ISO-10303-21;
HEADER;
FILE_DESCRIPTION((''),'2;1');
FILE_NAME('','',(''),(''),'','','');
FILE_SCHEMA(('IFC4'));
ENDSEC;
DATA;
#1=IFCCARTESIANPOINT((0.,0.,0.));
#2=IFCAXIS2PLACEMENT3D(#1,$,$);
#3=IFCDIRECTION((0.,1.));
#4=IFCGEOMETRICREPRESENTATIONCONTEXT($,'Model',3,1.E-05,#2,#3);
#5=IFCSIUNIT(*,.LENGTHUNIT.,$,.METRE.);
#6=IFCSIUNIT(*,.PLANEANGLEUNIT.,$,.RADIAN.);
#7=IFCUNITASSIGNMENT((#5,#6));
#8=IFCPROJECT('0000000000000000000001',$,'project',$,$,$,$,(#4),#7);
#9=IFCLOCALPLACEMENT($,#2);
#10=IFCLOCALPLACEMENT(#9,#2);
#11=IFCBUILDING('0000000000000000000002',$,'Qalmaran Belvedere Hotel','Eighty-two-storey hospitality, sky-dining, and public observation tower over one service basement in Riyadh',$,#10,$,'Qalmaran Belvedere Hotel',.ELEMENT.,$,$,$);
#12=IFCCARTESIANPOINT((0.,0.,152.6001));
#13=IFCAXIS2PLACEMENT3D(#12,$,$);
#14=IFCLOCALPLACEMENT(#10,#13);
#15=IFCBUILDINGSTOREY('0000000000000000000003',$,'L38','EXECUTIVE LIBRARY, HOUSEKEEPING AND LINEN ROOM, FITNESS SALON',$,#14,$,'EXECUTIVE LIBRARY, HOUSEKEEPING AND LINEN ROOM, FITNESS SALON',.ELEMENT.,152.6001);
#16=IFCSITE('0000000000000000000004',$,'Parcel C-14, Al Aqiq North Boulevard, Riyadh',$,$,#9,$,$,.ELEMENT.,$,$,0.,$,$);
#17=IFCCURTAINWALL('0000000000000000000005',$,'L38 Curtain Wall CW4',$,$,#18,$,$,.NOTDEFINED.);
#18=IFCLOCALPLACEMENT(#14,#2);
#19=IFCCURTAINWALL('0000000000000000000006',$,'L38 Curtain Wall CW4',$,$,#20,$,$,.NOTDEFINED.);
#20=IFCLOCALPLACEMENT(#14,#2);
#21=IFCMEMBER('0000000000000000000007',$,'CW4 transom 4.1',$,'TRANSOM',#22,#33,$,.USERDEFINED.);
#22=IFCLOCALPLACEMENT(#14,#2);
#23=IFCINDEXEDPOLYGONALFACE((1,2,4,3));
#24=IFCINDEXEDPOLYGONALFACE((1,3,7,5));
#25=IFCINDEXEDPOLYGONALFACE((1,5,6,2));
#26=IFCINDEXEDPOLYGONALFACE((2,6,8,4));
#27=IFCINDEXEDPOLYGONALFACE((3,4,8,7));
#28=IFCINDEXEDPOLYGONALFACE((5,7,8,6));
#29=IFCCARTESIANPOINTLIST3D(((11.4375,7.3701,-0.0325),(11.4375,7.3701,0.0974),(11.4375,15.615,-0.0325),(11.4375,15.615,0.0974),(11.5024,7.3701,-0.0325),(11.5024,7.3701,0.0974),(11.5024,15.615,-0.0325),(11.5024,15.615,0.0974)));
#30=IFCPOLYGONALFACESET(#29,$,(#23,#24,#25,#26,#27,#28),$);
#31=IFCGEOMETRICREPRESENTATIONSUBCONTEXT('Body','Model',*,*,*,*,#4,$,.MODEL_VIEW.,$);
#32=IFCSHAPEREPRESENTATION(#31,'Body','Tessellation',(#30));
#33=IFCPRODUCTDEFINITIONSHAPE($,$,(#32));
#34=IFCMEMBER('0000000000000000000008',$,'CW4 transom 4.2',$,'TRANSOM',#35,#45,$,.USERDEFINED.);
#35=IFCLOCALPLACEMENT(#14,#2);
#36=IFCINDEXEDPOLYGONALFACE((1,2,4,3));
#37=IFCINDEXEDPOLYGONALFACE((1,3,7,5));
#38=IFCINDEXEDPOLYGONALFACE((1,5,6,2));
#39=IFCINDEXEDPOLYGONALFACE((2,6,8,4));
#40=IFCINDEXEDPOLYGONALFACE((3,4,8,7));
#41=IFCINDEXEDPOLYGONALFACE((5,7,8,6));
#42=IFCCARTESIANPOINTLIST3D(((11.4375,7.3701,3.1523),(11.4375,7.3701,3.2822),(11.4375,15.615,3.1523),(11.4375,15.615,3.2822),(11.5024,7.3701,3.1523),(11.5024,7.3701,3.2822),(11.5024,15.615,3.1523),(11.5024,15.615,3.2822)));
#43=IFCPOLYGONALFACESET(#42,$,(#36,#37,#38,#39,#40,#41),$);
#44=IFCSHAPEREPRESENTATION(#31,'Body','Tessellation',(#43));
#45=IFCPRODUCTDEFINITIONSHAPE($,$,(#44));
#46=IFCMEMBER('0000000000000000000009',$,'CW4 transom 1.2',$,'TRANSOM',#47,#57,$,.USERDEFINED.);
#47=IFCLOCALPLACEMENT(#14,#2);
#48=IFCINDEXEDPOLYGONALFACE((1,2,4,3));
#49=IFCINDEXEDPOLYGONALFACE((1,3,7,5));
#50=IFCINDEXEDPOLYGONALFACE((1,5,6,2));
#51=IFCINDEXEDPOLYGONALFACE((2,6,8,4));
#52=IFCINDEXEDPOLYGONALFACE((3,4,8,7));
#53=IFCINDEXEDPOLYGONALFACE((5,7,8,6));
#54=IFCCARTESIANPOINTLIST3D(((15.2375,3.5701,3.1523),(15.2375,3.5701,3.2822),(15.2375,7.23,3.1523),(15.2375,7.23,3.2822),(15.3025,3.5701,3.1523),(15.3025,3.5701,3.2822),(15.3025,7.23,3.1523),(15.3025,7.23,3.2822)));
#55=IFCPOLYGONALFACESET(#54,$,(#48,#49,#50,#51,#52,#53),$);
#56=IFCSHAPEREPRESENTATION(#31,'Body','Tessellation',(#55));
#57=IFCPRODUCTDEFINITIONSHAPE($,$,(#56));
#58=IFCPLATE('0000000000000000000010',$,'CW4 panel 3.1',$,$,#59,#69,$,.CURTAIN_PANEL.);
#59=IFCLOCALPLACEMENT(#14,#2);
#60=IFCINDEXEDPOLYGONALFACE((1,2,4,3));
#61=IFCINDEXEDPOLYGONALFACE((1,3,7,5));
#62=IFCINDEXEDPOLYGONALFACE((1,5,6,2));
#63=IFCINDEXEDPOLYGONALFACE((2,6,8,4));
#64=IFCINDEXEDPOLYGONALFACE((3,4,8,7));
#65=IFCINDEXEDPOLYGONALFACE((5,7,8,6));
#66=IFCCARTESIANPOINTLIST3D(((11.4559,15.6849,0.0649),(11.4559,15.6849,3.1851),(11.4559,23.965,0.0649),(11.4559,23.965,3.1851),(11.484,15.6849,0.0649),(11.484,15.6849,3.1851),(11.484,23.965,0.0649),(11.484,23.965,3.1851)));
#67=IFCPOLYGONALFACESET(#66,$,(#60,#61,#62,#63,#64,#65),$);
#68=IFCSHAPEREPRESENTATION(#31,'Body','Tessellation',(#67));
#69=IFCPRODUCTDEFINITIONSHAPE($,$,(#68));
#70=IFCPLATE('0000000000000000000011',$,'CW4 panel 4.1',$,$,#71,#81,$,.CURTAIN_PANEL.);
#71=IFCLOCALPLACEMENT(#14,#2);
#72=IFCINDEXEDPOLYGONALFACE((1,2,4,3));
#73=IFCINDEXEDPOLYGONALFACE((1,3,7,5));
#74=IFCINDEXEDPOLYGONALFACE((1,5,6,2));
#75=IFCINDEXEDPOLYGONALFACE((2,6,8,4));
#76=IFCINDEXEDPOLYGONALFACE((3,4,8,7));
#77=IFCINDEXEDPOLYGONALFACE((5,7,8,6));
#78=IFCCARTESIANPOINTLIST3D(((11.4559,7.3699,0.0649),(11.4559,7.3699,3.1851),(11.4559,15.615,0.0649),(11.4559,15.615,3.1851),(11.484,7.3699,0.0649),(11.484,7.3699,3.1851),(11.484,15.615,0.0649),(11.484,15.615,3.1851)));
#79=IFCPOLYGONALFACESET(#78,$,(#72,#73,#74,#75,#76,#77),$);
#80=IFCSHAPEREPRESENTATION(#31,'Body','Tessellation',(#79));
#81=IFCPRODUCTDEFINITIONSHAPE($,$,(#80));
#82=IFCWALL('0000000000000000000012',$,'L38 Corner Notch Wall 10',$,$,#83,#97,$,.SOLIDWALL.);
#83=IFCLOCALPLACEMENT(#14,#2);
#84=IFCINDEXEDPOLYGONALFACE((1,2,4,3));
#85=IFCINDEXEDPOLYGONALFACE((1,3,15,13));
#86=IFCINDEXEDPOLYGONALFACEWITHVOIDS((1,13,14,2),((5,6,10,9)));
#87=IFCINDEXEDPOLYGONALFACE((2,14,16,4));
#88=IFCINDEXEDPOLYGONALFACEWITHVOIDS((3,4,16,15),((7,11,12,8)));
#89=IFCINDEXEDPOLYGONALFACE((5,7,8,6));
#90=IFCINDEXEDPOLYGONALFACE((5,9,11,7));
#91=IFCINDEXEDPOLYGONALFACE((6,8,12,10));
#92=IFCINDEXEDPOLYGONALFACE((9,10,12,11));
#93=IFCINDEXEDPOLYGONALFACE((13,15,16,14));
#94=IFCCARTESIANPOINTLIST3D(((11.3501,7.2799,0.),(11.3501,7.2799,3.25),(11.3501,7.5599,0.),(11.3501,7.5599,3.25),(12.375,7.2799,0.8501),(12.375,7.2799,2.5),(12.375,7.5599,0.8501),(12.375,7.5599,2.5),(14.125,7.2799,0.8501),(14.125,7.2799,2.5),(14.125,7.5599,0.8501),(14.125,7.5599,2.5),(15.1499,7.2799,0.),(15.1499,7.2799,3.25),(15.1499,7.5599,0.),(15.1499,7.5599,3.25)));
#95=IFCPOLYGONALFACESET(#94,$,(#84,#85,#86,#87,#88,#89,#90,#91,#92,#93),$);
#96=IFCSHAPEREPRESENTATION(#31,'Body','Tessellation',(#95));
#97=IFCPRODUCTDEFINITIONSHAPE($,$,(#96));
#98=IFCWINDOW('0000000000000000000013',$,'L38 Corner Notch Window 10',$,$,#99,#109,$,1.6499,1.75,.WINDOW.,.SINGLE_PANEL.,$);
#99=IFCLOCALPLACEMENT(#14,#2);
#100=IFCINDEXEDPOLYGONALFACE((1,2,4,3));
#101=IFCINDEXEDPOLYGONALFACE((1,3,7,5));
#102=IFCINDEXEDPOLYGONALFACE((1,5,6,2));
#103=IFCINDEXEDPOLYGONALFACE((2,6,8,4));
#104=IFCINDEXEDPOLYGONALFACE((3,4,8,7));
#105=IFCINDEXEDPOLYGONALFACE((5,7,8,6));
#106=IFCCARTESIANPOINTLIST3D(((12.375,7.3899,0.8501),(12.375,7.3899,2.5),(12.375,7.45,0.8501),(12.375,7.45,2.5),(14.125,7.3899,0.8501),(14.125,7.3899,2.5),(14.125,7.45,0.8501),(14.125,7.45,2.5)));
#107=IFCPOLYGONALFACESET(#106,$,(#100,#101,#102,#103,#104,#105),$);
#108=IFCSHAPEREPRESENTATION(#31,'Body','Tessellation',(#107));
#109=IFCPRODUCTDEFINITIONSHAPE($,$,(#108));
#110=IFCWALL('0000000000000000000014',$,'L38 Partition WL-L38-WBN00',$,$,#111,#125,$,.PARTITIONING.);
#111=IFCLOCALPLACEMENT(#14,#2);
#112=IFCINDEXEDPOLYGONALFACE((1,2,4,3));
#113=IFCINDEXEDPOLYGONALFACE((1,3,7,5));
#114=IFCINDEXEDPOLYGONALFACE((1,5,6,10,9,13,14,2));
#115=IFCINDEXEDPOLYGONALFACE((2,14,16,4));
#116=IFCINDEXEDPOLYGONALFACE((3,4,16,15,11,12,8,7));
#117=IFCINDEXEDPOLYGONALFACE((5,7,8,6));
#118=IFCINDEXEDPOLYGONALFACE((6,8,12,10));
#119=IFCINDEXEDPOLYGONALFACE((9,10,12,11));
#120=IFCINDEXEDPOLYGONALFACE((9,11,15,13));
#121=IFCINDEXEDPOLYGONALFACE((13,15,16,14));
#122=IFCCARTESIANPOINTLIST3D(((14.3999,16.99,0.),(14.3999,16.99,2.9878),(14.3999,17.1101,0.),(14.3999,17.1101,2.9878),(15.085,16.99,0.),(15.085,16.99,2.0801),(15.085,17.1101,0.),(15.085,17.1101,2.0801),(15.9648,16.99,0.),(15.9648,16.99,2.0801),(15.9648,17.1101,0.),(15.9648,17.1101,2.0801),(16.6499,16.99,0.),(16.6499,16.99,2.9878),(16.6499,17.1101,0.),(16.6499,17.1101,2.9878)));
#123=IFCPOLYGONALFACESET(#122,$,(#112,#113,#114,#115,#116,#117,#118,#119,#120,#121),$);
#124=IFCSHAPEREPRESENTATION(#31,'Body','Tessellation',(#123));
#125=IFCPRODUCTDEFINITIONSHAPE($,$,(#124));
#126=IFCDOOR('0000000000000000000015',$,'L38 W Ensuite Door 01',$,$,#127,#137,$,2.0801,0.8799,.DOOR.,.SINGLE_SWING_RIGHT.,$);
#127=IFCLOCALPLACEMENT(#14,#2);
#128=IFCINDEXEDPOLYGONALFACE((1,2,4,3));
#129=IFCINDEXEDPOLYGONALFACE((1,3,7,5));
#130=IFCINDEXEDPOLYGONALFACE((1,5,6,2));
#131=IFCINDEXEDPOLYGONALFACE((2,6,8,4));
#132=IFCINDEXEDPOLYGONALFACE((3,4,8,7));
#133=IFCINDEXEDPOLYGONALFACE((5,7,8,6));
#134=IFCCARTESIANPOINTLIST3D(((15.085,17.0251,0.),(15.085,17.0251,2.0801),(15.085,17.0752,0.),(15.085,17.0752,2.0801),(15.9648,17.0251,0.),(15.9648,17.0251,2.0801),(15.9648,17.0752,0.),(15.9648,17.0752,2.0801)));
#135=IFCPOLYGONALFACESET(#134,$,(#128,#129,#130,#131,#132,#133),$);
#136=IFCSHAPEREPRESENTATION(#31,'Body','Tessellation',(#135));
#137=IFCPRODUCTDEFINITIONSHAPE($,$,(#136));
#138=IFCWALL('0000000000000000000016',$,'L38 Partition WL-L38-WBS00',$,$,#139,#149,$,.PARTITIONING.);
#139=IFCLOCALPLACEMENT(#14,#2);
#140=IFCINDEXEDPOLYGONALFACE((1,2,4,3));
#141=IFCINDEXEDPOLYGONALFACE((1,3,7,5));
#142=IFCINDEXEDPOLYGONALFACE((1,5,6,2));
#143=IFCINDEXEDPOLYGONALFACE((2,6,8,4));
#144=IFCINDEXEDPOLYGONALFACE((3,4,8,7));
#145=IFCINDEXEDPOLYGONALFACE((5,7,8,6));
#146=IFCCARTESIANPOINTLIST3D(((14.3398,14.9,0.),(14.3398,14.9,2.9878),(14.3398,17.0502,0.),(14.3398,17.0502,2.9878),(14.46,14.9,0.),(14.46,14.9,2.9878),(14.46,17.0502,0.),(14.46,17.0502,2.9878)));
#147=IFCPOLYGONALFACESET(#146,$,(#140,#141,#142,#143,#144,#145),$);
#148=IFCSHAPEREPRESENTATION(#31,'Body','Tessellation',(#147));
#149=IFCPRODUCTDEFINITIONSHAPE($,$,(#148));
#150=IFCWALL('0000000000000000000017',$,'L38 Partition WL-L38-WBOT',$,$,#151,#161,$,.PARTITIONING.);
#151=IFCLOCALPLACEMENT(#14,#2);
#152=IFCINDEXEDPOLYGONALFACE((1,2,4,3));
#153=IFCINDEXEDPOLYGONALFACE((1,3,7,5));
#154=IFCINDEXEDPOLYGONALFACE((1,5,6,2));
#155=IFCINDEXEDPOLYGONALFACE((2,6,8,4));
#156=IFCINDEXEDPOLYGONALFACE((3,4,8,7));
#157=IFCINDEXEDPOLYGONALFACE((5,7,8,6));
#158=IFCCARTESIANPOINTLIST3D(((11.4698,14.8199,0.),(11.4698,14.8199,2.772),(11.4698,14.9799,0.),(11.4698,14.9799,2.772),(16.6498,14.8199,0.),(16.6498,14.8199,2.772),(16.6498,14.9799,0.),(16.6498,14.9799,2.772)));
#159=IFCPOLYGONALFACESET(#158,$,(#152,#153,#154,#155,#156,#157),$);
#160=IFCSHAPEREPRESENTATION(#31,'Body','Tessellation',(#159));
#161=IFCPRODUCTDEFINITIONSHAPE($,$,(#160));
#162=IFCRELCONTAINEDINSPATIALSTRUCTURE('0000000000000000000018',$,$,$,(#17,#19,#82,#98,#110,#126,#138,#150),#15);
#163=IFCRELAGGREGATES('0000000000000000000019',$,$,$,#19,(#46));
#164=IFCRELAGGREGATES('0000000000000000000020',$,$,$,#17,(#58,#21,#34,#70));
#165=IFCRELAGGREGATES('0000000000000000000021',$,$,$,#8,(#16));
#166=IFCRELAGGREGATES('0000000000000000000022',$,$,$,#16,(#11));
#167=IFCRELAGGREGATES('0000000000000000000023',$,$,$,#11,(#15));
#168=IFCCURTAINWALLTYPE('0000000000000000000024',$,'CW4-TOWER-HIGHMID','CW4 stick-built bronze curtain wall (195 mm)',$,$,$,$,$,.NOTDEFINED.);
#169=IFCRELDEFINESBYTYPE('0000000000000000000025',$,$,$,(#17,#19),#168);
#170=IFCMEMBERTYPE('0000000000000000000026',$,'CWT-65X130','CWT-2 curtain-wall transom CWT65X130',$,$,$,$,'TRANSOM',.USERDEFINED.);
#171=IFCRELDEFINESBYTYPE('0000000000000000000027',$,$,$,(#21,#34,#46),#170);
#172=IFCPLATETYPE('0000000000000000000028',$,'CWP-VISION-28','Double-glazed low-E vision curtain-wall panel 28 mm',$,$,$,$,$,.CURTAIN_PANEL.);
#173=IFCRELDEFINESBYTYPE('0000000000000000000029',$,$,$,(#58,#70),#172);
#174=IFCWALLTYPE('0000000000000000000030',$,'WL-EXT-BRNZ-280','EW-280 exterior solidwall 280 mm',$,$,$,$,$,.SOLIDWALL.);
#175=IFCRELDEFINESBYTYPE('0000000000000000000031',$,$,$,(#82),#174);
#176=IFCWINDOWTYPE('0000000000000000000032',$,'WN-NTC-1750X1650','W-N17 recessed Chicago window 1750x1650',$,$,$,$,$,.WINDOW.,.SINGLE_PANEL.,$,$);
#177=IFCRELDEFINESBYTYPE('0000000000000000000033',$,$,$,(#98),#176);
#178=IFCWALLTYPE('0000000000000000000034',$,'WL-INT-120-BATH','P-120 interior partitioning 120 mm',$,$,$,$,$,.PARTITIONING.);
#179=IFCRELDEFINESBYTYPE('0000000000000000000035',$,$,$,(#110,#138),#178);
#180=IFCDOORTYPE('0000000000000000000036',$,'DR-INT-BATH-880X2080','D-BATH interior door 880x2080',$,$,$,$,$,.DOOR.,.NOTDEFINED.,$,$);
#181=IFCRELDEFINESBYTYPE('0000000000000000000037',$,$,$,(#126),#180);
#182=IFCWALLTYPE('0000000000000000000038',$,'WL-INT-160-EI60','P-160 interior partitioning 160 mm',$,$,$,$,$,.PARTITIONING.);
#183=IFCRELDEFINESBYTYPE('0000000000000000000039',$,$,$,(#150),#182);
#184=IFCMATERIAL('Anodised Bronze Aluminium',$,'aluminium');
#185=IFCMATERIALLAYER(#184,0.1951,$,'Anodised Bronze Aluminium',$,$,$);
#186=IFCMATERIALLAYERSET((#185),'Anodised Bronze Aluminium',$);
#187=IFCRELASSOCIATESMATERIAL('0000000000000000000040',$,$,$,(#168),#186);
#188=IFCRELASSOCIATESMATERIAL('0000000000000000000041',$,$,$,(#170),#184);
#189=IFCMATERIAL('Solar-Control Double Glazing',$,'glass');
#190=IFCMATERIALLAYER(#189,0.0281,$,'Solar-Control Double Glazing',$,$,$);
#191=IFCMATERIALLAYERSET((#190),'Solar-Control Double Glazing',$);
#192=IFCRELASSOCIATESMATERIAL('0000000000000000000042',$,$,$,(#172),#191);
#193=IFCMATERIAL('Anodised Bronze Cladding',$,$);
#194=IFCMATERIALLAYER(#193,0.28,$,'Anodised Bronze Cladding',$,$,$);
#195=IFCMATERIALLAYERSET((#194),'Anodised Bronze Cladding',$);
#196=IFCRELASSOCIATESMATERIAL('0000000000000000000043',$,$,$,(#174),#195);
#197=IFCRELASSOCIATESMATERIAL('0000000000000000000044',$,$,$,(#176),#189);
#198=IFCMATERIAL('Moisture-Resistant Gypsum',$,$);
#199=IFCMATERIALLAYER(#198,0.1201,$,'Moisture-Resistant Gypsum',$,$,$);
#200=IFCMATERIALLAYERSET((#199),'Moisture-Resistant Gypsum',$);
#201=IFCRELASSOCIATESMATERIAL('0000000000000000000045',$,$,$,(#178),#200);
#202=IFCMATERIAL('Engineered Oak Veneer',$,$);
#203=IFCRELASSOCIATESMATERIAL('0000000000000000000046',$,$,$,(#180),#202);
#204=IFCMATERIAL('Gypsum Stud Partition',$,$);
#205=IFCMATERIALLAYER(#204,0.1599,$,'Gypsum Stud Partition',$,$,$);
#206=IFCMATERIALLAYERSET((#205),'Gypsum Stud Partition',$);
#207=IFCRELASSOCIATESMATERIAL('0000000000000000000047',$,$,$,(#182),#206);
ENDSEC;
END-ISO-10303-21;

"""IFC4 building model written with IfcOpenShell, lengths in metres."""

from ifc_helpers import new_model, si_unit, direction, frame, frame_2d, origin, origin_2d, place, context, subcontext, project, spatial, rectangle, extrude, material, layer, layer_set, material_profile, profile_set, type_object, element, fill, aggregate, save


model = new_model("IFC4")

# Units and contexts
model_context = context("Model", 3, precision=1e-05, world=origin(), true_north=direction((0.0, 1.0)))
body_context = subcontext(model_context, "Body", "Model", "MODEL_VIEW")
ifc_project = project(units=[si_unit("LENGTHUNIT", "METRE"), si_unit("PLANEANGLEUNIT", "RADIAN")], contexts=[model_context])

# Site, building, storey
site_placement = place(None, origin())
site = spatial("IfcSite", under=ifc_project, at=site_placement, Name="Parcel C-14, Al Aqiq North Boulevard, Riyadh", CompositionType="ELEMENT", RefElevation=0.0)
building_placement = place(site_placement, origin())
building = spatial("IfcBuilding", under=site, at=building_placement, Name="Qalmaran Belvedere Hotel", Description="Eighty-two-storey hospitality, sky-dining, and public observation tower over one service basement in Riyadh", LongName="Qalmaran Belvedere Hotel", CompositionType="ELEMENT")
storey_placement = place(building_placement, frame((0.0, 0.0, 152.6001)))
storey = spatial("IfcBuildingStorey", under=building, at=storey_placement, Name="L38", Description="EXECUTIVE LIBRARY, HOUSEKEEPING AND LINEN ROOM, FITNESS SALON", LongName="EXECUTIVE LIBRARY, HOUSEKEEPING AND LINEN ROOM, FITNESS SALON", CompositionType="ELEMENT", Elevation=152.6001)

# Curtain wall
ifc_material_1 = material(Name="Anodised Bronze Aluminium", Category="aluminium")
ifc_layer_1 = layer(ifc_material_1, 0.1951, Name="Anodised Bronze Aluminium")
ifc_layer_set_1 = layer_set([ifc_layer_1], Name="Anodised Bronze Aluminium")
curtain_wall_type = type_object("IfcCurtainWallType", Name="CW4-TOWER-HIGHMID", Description="CW4 stick-built bronze curtain wall (195 mm)", PredefinedType="NOTDEFINED", material=ifc_layer_set_1)
curtain_wall_1_placement = place(storey_placement, origin())
curtain_wall_1 = element("IfcCurtainWall", 1, at=curtain_wall_1_placement, inside=storey, type_object=curtain_wall_type, Name="L38 Curtain Wall CW4", PredefinedType="NOTDEFINED")

# Curtain wall
curtain_wall_2_placement = place(storey_placement, origin())
curtain_wall_2 = element("IfcCurtainWall", 2, at=curtain_wall_2_placement, inside=storey, type_object=curtain_wall_type, Name="L38 Curtain Wall CW4", PredefinedType="NOTDEFINED")

# Members
ifc_material_profile_1 = material_profile(ifc_material_1, rectangle(XDim=0.0649, YDim=0.1299, at=origin_2d()), Name="CWT65X130")
ifc_profile_set_1 = profile_set([ifc_material_profile_1], Name="Anodised Bronze Aluminium")
member_type_1 = type_object("IfcMemberType", Name="CWT-65X130", Description="CWT-2 curtain-wall transom CWT65X130", ElementType="TRANSOM", PredefinedType="USERDEFINED", material=ifc_profile_set_1)
member_1_placement = place(storey_placement, frame((11.47, 15.615, 0.0325), z_axis=(0.0, -1.0, 0.0), x_axis=(1.0, 0.0, 0.0)))
member_1 = element("IfcMember", 3, at=member_1_placement, type_object=member_type_1, Name="CW4 transom 4.1", ObjectType="TRANSOM", PredefinedType="USERDEFINED", context=body_context, shape_type="SweptSolid", body=[
    extrude(rectangle(XDim=0.0649, YDim=0.1299, at=origin_2d()), origin(), (0.0, 0.0, 1.0), 8.2449),
])
member_2_placement = place(storey_placement, frame((11.47, 15.615, 3.2173), z_axis=(0.0, -1.0, 0.0), x_axis=(1.0, 0.0, 0.0)))
member_2 = element("IfcMember", 4, at=member_2_placement, type_object=member_type_1, Name="CW4 transom 4.2", ObjectType="TRANSOM", PredefinedType="USERDEFINED", context=body_context, shape_type="SweptSolid", body=[
    extrude(rectangle(XDim=0.0649, YDim=0.1299, at=origin_2d()), origin(), (0.0, 0.0, 1.0), 8.2449),
])
member_3_placement = place(storey_placement, frame((15.27, 7.23, 3.2173), z_axis=(0.0, -1.0, 0.0), x_axis=(1.0, 0.0, 0.0)))
member_3 = element("IfcMember", 5, at=member_3_placement, type_object=member_type_1, Name="CW4 transom 1.2", ObjectType="TRANSOM", PredefinedType="USERDEFINED", context=body_context, shape_type="SweptSolid", body=[
    extrude(rectangle(XDim=0.0649, YDim=0.1299, at=origin_2d()), origin(), (0.0, 0.0, 1.0), 3.6599),
])
aggregate(curtain_wall_2, [member_3])

# Plates
ifc_material_2 = material(Name="Solar-Control Double Glazing", Category="glass")
ifc_layer_2 = layer(ifc_material_2, 0.0281, Name="Solar-Control Double Glazing")
ifc_layer_set_2 = layer_set([ifc_layer_2], Name="Solar-Control Double Glazing")
plate_type = type_object("IfcPlateType", Name="CWP-VISION-28", Description="Double-glazed low-E vision curtain-wall panel 28 mm", PredefinedType="CURTAIN_PANEL", material=ifc_layer_set_2)
plate_1_placement = place(storey_placement, frame((11.47, 19.825, 0.0649), z_axis=(0.0, 0.0, 1.0), x_axis=(0.0, -1.0, 0.0)))
plate_1 = element("IfcPlate", 6, at=plate_1_placement, type_object=plate_type, Name="CW4 panel 3.1", PredefinedType="CURTAIN_PANEL", context=body_context, shape_type="SweptSolid", body=[
    extrude(rectangle(XDim=8.28, YDim=0.0281, at=origin_2d()), origin(), (0.0, 0.0, 1.0), 3.1201),
])
plate_2_placement = place(storey_placement, frame((11.47, 11.4924, 0.0649), z_axis=(0.0, 0.0, 1.0), x_axis=(0.0, -1.0, 0.0)))
plate_2 = element("IfcPlate", 7, at=plate_2_placement, type_object=plate_type, Name="CW4 panel 4.1", PredefinedType="CURTAIN_PANEL", context=body_context, shape_type="SweptSolid", body=[
    extrude(rectangle(XDim=8.2451, YDim=0.0281, at=origin_2d()), origin(), (0.0, 0.0, 1.0), 3.1201),
])
aggregate(curtain_wall_1, [plate_1, member_1, member_2, plate_2])

# Wall, opening, window
ifc_material_3 = material(Name="Anodised Bronze Cladding")
ifc_layer_3 = layer(ifc_material_3, 0.28, Name="Anodised Bronze Cladding")
ifc_layer_set_3 = layer_set([ifc_layer_3], Name="Anodised Bronze Cladding")
wall_type_1 = type_object("IfcWallType", Name="WL-EXT-BRNZ-280", Description="EW-280 exterior solidwall 280 mm", PredefinedType="SOLIDWALL", material=ifc_layer_set_3)
wall_1_placement = place(storey_placement, frame((11.3501, 7.4199, 0.0), z_axis=(0.0, 0.0, 1.0), x_axis=(1.0, 0.0, 0.0)))
wall_1 = element("IfcWall", 8, at=wall_1_placement, inside=storey, type_object=wall_type_1, Name="L38 Corner Notch Wall 10", PredefinedType="SOLIDWALL", context=body_context, shape_type="SweptSolid", body=[
    extrude(rectangle(XDim=3.7998, YDim=0.28, at=frame_2d((1.8999, 0.0))), origin(), (0.0, 0.0, 1.0), 3.25),
])
opening_1_placement = place(wall_1_placement, frame((1.0249, 0.0, 0.8501)))
opening_1 = element("IfcOpeningElement", 9, at=opening_1_placement, cuts=wall_1, PredefinedType="OPENING", context=body_context, shape_type="SweptSolid", body=[
    extrude(rectangle(XDim=1.75, YDim=1.6499, at=frame_2d((0.875, 0.825))), frame((0.0, 0.1499, 0.0), z_axis=(0.0, -1.0, 0.0), x_axis=(1.0, 0.0, 0.0)), (0.0, 0.0, 1.0), 0.3),
])
window_type = type_object("IfcWindowType", Name="WN-NTC-1750X1650", Description="W-N17 recessed Chicago window 1750x1650", PartitioningType="SINGLE_PANEL", PredefinedType="WINDOW", material=ifc_material_2)
window_placement = place(opening_1_placement, origin())
window = element("IfcWindow", 10, at=window_placement, inside=storey, type_object=window_type, Name="L38 Corner Notch Window 10", OverallHeight=1.6499, OverallWidth=1.75, PartitioningType="SINGLE_PANEL", PredefinedType="WINDOW", context=body_context, shape_type="SweptSolid", body=[
    extrude(rectangle(XDim=1.75, YDim=1.6499, at=frame_2d((0.875, 0.825))), frame((0.0, 0.03, 0.0), z_axis=(0.0, -1.0, 0.0), x_axis=(1.0, 0.0, 0.0)), (0.0, 0.0, 1.0), 0.0601),
])
fill(opening_1, window)

# Wall, opening, door
ifc_material_4 = material(Name="Moisture-Resistant Gypsum")
ifc_layer_4 = layer(ifc_material_4, 0.1201, Name="Moisture-Resistant Gypsum")
ifc_layer_set_4 = layer_set([ifc_layer_4], Name="Moisture-Resistant Gypsum")
wall_type_2 = type_object("IfcWallType", Name="WL-INT-120-BATH", Description="P-120 interior partitioning 120 mm", PredefinedType="PARTITIONING", material=ifc_layer_set_4)
wall_2_placement = place(storey_placement, frame((14.3999, 17.05, 0.0), z_axis=(0.0, 0.0, 1.0), x_axis=(1.0, 0.0, 0.0)))
wall_2 = element("IfcWall", 11, at=wall_2_placement, inside=storey, type_object=wall_type_2, Name="L38 Partition WL-L38-WBN00", PredefinedType="PARTITIONING", context=body_context, shape_type="SweptSolid", body=[
    extrude(rectangle(XDim=2.25, YDim=0.1201, at=frame_2d((1.125, 0.0))), origin(), (0.0, 0.0, 1.0), 2.9878),
])
opening_2_placement = place(wall_2_placement, frame((1.5649, 0.0, 0.0), z_axis=(0.0, 0.0, 1.0), x_axis=(-1.0, 0.0, 0.0)))
opening_2 = element("IfcOpeningElement", 12, at=opening_2_placement, cuts=wall_2, PredefinedType="OPENING", context=body_context, shape_type="SweptSolid", body=[
    extrude(rectangle(XDim=0.8799, YDim=2.0801, at=frame_2d((0.4399, 1.04))), frame((0.0, 0.0701, 0.0), z_axis=(0.0, -1.0, 0.0), x_axis=(1.0, 0.0, 0.0)), (0.0, 0.0, 1.0), 0.1401),
])
ifc_material_5 = material(Name="Engineered Oak Veneer")
door_type = type_object("IfcDoorType", Name="DR-INT-BATH-880X2080", Description="D-BATH interior door 880x2080", OperationType="NOTDEFINED", PredefinedType="DOOR", material=ifc_material_5)
door_placement = place(opening_2_placement, origin())
door = element("IfcDoor", 13, at=door_placement, inside=storey, type_object=door_type, Name="L38 W Ensuite Door 01", OperationType="SINGLE_SWING_RIGHT", OverallHeight=2.0801, OverallWidth=0.8799, PredefinedType="DOOR", context=body_context, shape_type="SweptSolid", body=[
    extrude(rectangle(XDim=0.8799, YDim=2.0801, at=frame_2d((0.4399, 1.04))), frame((0.0, 0.0249, 0.0), z_axis=(0.0, -1.0, 0.0), x_axis=(1.0, 0.0, 0.0)), (0.0, 0.0, 1.0), 0.05),
])
fill(opening_2, door)

# Walls
wall_3_placement = place(storey_placement, frame((14.3999, 14.8999, 0.0), z_axis=(0.0, 0.0, 1.0), x_axis=(0.0, 1.0, 0.0)))
element("IfcWall", 14, at=wall_3_placement, inside=storey, type_object=wall_type_2, Name="L38 Partition WL-L38-WBS00", PredefinedType="PARTITIONING", context=body_context, shape_type="SweptSolid", body=[
    extrude(rectangle(XDim=2.1501, YDim=0.1201, at=frame_2d((1.0752, 0.0))), origin(), (0.0, 0.0, 1.0), 2.9878),
])
ifc_material_6 = material(Name="Gypsum Stud Partition")
ifc_layer_5 = layer(ifc_material_6, 0.1599, Name="Gypsum Stud Partition")
ifc_layer_set_5 = layer_set([ifc_layer_5], Name="Gypsum Stud Partition")
wall_type_3 = type_object("IfcWallType", Name="WL-INT-160-EI60", Description="P-160 interior partitioning 160 mm", PredefinedType="PARTITIONING", material=ifc_layer_set_5)
wall_4_placement = place(storey_placement, frame((11.47, 14.8999, 0.0), z_axis=(0.0, 0.0, 1.0), x_axis=(1.0, 0.0, 0.0)))
element("IfcWall", 15, at=wall_4_placement, inside=storey, type_object=wall_type_3, Name="L38 Partition WL-L38-WBOT", PredefinedType="PARTITIONING", context=body_context, shape_type="SweptSolid", body=[
    extrude(rectangle(XDim=5.1799, YDim=0.1599, at=frame_2d((2.5898, 0.0))), origin(), (0.0, 0.0, 1.0), 2.772),
])

save(model, "model.ifc")
